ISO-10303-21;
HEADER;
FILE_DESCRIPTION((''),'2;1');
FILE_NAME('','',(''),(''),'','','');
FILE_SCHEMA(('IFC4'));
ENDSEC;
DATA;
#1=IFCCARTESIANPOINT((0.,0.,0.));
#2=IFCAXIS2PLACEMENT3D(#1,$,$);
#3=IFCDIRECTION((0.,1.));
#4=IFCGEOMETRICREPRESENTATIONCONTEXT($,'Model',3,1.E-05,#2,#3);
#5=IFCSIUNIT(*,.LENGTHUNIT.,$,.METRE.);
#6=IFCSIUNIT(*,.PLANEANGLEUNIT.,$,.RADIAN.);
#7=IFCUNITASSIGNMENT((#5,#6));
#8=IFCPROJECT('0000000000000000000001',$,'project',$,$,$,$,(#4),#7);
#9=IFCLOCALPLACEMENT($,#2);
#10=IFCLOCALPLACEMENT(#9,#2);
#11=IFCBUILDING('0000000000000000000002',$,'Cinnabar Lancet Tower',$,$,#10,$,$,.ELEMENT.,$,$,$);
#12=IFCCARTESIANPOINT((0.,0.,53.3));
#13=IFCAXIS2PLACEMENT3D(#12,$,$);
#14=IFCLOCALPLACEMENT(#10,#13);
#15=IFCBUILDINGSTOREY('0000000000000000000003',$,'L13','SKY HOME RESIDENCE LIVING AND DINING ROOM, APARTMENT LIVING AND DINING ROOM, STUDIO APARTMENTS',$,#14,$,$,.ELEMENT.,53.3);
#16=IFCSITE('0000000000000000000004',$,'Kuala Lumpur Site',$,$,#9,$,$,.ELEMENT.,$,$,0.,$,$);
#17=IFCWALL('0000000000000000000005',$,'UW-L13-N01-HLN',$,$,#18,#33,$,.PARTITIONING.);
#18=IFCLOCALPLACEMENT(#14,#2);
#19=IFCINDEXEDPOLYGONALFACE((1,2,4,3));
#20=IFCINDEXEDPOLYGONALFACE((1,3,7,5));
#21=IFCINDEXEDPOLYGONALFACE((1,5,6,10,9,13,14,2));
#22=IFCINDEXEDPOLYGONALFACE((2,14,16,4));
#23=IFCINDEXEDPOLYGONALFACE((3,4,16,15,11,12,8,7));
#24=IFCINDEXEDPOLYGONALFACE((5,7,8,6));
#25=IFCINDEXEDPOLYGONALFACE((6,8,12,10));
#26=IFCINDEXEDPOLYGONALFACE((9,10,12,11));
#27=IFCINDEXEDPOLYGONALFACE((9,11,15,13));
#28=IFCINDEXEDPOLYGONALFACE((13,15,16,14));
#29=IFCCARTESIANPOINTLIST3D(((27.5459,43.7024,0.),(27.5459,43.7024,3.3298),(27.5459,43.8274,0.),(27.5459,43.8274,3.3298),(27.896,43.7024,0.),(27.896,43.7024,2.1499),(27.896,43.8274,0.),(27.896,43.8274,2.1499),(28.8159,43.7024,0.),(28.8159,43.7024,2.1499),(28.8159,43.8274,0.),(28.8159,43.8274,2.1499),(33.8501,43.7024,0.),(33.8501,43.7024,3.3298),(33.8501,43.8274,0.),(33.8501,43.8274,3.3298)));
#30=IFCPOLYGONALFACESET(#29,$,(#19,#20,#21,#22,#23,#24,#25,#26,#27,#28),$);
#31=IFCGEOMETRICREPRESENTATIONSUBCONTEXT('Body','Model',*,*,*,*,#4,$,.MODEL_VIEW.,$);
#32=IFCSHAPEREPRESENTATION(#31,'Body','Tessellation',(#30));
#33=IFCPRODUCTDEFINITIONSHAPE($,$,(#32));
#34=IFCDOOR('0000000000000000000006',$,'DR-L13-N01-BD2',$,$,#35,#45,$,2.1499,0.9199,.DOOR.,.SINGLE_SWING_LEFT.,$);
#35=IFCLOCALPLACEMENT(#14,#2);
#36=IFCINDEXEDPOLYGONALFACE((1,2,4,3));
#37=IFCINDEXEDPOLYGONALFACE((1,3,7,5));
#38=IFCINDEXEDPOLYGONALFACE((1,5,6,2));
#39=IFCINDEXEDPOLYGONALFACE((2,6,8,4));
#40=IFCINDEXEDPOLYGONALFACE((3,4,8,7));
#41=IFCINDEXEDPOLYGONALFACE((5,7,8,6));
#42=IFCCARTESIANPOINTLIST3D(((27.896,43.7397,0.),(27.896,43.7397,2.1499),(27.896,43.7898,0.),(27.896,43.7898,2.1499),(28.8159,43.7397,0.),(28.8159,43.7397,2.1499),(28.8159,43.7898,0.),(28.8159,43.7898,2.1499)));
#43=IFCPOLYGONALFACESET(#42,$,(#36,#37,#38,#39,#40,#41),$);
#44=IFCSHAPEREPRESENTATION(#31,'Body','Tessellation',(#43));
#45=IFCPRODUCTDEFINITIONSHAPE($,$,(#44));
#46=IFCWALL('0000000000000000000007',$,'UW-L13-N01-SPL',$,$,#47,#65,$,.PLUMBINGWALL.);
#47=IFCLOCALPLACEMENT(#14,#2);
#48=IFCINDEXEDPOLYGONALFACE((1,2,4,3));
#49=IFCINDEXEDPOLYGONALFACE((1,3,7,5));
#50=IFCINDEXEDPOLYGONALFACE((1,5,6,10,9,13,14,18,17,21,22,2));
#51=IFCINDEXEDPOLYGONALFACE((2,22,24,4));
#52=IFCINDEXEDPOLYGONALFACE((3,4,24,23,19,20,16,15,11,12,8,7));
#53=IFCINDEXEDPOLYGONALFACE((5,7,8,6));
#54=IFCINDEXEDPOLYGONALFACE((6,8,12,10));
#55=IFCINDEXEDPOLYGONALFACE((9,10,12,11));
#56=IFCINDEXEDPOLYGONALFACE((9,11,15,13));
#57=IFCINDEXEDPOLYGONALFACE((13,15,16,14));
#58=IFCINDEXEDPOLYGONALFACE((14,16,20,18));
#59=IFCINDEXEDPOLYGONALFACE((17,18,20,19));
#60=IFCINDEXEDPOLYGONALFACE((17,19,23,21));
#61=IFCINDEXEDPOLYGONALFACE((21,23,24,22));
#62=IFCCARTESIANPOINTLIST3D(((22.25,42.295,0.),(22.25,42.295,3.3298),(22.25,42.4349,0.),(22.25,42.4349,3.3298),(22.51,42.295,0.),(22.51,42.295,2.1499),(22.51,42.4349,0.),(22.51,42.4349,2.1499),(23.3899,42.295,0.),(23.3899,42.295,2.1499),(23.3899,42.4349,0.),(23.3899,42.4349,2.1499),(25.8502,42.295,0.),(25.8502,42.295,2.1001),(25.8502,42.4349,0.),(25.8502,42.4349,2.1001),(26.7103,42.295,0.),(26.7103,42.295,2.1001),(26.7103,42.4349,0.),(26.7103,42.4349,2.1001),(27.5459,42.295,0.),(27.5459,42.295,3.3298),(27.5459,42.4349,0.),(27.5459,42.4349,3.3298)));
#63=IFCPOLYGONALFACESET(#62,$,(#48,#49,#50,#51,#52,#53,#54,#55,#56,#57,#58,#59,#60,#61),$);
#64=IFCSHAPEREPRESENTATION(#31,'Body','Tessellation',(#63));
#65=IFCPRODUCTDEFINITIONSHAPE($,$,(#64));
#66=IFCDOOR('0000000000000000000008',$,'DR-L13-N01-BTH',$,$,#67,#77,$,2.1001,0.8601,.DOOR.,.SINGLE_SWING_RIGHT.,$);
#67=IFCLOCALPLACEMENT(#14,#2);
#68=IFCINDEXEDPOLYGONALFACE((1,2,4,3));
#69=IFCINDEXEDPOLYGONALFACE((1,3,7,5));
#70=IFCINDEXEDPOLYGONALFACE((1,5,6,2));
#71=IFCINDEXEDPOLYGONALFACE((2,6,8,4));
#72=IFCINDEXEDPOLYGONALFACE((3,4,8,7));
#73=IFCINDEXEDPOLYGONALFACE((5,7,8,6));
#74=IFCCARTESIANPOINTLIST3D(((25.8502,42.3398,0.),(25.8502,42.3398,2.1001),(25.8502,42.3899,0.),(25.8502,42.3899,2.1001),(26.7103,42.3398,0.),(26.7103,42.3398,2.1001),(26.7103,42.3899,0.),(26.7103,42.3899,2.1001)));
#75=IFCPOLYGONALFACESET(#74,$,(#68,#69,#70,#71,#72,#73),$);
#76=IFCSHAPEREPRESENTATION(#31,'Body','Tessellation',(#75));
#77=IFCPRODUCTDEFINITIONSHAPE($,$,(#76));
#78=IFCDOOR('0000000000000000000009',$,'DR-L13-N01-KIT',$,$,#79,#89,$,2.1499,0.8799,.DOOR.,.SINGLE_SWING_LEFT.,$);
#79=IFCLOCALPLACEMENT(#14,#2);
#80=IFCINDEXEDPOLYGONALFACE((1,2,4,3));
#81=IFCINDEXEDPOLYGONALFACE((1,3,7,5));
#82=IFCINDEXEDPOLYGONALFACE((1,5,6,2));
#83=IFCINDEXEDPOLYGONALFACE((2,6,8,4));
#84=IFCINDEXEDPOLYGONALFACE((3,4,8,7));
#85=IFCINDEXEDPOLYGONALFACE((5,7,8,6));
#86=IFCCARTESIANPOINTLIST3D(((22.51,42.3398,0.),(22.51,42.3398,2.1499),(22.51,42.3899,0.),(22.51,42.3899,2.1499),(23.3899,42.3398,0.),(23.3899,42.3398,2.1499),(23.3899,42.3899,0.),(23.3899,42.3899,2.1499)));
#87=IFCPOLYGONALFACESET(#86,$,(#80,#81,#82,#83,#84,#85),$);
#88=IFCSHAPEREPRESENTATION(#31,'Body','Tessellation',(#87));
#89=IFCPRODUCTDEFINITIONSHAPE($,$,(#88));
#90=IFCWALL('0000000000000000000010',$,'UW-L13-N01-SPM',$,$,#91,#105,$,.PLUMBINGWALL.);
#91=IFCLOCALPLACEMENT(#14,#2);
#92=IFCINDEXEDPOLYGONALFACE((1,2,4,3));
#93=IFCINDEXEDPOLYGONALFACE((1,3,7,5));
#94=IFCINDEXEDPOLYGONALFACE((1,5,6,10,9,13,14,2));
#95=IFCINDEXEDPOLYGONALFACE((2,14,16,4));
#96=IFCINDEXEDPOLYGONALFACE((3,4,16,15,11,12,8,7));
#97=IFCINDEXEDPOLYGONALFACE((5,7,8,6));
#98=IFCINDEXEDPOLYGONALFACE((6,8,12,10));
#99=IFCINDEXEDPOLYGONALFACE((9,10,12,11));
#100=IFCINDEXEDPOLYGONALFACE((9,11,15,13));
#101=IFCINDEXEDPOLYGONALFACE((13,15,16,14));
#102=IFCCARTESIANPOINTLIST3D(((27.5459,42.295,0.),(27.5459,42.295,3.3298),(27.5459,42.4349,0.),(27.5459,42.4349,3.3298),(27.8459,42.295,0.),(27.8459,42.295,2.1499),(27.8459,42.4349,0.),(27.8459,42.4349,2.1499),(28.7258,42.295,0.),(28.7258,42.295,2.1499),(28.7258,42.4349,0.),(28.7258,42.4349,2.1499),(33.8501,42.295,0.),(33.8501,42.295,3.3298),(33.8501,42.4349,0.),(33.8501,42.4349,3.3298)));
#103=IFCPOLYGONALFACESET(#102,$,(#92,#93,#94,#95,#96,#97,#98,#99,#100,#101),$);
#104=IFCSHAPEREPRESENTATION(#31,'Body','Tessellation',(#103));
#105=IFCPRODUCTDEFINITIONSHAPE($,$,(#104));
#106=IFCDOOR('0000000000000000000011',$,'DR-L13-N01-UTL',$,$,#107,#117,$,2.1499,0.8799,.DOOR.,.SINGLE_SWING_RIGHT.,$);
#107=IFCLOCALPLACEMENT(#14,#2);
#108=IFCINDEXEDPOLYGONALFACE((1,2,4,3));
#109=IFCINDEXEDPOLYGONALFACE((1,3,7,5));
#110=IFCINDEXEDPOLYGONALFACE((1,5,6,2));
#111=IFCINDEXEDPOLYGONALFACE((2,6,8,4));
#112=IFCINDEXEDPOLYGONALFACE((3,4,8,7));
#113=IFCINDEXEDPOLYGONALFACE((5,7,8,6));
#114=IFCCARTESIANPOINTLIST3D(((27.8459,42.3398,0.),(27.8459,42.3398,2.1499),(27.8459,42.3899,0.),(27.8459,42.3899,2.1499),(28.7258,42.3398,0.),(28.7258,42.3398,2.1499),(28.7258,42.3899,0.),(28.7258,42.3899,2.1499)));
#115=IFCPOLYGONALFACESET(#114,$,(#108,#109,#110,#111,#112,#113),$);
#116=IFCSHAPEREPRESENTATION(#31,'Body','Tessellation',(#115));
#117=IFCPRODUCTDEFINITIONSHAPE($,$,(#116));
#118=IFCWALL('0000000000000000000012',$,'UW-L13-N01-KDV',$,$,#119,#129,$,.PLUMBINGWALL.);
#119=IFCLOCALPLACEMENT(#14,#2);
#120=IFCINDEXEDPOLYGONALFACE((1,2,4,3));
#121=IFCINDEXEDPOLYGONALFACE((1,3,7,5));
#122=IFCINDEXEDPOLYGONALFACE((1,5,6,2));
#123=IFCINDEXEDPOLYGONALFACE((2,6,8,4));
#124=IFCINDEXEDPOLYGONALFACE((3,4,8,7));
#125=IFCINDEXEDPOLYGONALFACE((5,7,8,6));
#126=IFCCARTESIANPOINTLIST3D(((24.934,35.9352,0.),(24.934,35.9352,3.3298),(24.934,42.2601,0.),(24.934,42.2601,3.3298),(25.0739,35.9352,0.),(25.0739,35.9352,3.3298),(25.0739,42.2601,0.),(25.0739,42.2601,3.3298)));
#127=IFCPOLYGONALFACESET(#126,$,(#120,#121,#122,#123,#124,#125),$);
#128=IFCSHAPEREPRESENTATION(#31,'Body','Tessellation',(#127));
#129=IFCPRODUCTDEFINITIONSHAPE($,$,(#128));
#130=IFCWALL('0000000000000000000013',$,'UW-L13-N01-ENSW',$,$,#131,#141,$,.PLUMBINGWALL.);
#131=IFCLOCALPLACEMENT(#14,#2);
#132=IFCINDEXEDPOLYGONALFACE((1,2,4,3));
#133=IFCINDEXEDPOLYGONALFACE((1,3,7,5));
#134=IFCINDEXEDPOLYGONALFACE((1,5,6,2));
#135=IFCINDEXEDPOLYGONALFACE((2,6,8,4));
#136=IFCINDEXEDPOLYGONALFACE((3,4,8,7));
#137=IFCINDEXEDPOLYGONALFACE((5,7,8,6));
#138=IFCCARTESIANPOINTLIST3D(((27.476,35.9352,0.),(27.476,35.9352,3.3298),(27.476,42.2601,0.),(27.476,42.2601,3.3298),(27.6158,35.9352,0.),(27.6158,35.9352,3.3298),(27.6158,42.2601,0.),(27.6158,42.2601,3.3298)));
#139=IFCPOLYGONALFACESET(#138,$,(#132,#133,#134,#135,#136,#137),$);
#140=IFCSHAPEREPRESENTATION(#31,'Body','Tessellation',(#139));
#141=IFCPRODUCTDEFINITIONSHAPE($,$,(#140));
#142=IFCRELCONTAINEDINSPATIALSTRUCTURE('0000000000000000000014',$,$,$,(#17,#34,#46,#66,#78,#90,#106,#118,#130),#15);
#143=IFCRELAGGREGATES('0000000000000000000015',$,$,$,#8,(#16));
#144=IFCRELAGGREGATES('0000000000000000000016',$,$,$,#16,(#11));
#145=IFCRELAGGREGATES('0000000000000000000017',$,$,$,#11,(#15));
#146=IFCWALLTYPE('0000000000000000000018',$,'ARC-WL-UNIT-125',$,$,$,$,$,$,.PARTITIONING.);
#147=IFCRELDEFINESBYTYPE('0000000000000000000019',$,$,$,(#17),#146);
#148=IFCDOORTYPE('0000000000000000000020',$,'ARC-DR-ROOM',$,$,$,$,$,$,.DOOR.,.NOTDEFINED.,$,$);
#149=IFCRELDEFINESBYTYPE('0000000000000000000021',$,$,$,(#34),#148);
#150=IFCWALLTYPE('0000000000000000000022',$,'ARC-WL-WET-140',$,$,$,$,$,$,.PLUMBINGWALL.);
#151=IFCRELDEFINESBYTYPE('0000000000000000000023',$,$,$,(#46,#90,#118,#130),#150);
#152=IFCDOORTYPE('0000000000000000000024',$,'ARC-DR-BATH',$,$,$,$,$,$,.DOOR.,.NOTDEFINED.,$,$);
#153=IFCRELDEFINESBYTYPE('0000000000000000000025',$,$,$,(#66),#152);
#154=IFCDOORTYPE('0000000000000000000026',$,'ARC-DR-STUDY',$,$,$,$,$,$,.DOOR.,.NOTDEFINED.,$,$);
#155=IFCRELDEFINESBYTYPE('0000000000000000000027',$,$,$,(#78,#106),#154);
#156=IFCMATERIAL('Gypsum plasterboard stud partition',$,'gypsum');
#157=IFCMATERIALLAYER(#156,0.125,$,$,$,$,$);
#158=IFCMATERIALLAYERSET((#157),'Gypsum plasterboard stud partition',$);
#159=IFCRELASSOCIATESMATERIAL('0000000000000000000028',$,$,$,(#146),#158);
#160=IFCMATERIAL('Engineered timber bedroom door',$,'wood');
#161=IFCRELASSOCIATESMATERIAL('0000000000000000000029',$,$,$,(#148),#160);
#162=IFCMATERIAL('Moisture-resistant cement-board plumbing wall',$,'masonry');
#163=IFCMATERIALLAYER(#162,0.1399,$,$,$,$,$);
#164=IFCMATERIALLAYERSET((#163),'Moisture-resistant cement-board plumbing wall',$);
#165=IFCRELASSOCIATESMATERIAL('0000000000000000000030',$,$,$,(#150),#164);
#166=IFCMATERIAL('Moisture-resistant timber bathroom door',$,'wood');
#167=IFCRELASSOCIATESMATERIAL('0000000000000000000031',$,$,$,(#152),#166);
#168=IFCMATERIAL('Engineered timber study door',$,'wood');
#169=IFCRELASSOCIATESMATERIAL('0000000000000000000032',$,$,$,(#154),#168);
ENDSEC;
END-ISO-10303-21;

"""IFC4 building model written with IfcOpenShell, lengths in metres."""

from ifc_helpers import new_model, si_unit, direction, frame, frame_2d, origin, place, context, subcontext, project, spatial, rectangle, extrude, material, layer, layer_set, type_object, element, fill, save


model = new_model("IFC4")

# Units and contexts
model_context = context("Model", 3, precision=1e-05, world=origin(), true_north=direction((0.0, 1.0)))
body_context = subcontext(model_context, "Body", "Model", "MODEL_VIEW")
ifc_project = project(units=[si_unit("LENGTHUNIT", "METRE"), si_unit("PLANEANGLEUNIT", "RADIAN")], contexts=[model_context])

# Site, building, storey
site_placement = place(None, origin())
site = spatial("IfcSite", under=ifc_project, at=site_placement, Name="Kuala Lumpur Site", CompositionType="ELEMENT", RefElevation=0.0)
building_placement = place(site_placement, origin())
building = spatial("IfcBuilding", under=site, at=building_placement, Name="Cinnabar Lancet Tower", CompositionType="ELEMENT")
storey_placement = place(building_placement, frame((0.0, 0.0, 53.3)))
storey = spatial("IfcBuildingStorey", under=building, at=storey_placement, Name="L13", Description="SKY HOME RESIDENCE LIVING AND DINING ROOM, APARTMENT LIVING AND DINING ROOM, STUDIO APARTMENTS", CompositionType="ELEMENT", Elevation=53.3)

# Shared definitions
ifc_material_1 = material(Name="Gypsum plasterboard stud partition", Category="gypsum")
ifc_layer_1 = layer(ifc_material_1, 0.125)
ifc_layer_set_1 = layer_set([ifc_layer_1], Name="Gypsum plasterboard stud partition")
wall_type_1 = type_object("IfcWallType", Name="ARC-WL-UNIT-125", PredefinedType="PARTITIONING", material=ifc_layer_set_1)

# Wall, opening, door
wall_1_placement = place(storey_placement, frame((27.5459, 43.7649, 0.0), z_axis=(0.0, 0.0, 1.0), x_axis=(1.0, 0.0, 0.0)))
wall_1 = element("IfcWall", 1, at=wall_1_placement, inside=storey, type_object=wall_type_1, Name="UW-L13-N01-HLN", PredefinedType="PARTITIONING", context=body_context, shape_type="SweptSolid", body=[
    extrude(rectangle(XDim=6.3042, YDim=0.125, at=frame_2d((3.1521, 0.0))), origin(), (0.0, 0.0, 1.0), 3.3298),
])
opening_1_placement = place(wall_1_placement, frame((0.3501, 0.0, 0.0)))
opening_1 = element("IfcOpeningElement", 2, at=opening_1_placement, cuts=wall_1, PredefinedType="OPENING", context=body_context, shape_type="SweptSolid", body=[
    extrude(rectangle(XDim=0.9199, YDim=2.1499, at=frame_2d((0.46, 1.075))), frame((0.0, 0.0725, 0.0), z_axis=(0.0, -1.0, 0.0), x_axis=(1.0, 0.0, 0.0)), (0.0, 0.0, 1.0), 0.145),
])
ifc_material_2 = material(Name="Engineered timber bedroom door", Category="wood")
door_type_1 = type_object("IfcDoorType", Name="ARC-DR-ROOM", OperationType="NOTDEFINED", PredefinedType="DOOR", material=ifc_material_2)
door_1_placement = place(opening_1_placement, origin())
door_1 = element("IfcDoor", 3, at=door_1_placement, inside=storey, type_object=door_type_1, Name="DR-L13-N01-BD2", OperationType="SINGLE_SWING_LEFT", OverallHeight=2.1499, OverallWidth=0.9199, PredefinedType="DOOR", context=body_context, shape_type="SweptSolid", body=[
    extrude(rectangle(XDim=0.9199, YDim=2.1499, at=frame_2d((0.46, 1.075))), frame((0.0, 0.0249, 0.0), z_axis=(0.0, -1.0, 0.0), x_axis=(1.0, 0.0, 0.0)), (0.0, 0.0, 1.0), 0.05),
])
fill(opening_1, door_1)

# Wall, openings, doors
ifc_material_3 = material(Name="Moisture-resistant cement-board plumbing wall", Category="masonry")
ifc_layer_2 = layer(ifc_material_3, 0.1399)
ifc_layer_set_2 = layer_set([ifc_layer_2], Name="Moisture-resistant cement-board plumbing wall")
wall_type_2 = type_object("IfcWallType", Name="ARC-WL-WET-140", PredefinedType="PLUMBINGWALL", material=ifc_layer_set_2)
wall_2_placement = place(storey_placement, frame((22.25, 42.365, 0.0), z_axis=(0.0, 0.0, 1.0), x_axis=(1.0, 0.0, 0.0)))
wall_2 = element("IfcWall", 4, at=wall_2_placement, inside=storey, type_object=wall_type_2, Name="UW-L13-N01-SPL", PredefinedType="PLUMBINGWALL", context=body_context, shape_type="SweptSolid", body=[
    extrude(rectangle(XDim=5.2959, YDim=0.1399, at=frame_2d((2.6479, 0.0))), origin(), (0.0, 0.0, 1.0), 3.3298),
])
opening_2_placement = place(wall_2_placement, frame((3.6001, 0.0, 0.0)))
opening_2 = element("IfcOpeningElement", 5, at=opening_2_placement, cuts=wall_2, PredefinedType="OPENING", context=body_context, shape_type="SweptSolid", body=[
    extrude(rectangle(XDim=0.8601, YDim=2.1001, at=frame_2d((0.4302, 1.05))), frame((0.0, 0.0798, 0.0), z_axis=(0.0, -1.0, 0.0), x_axis=(1.0, 0.0, 0.0)), (0.0, 0.0, 1.0), 0.1599),
])
opening_3_placement = place(wall_2_placement, frame((0.26, 0.0, 0.0)))
opening_3 = element("IfcOpeningElement", 6, at=opening_3_placement, cuts=wall_2, PredefinedType="OPENING", context=body_context, shape_type="SweptSolid", body=[
    extrude(rectangle(XDim=0.8799, YDim=2.1499, at=frame_2d((0.4399, 1.075))), frame((0.0, 0.0798, 0.0), z_axis=(0.0, -1.0, 0.0), x_axis=(1.0, 0.0, 0.0)), (0.0, 0.0, 1.0), 0.1599),
])
ifc_material_4 = material(Name="Moisture-resistant timber bathroom door", Category="wood")
door_type_2 = type_object("IfcDoorType", Name="ARC-DR-BATH", OperationType="NOTDEFINED", PredefinedType="DOOR", material=ifc_material_4)
door_2_placement = place(opening_2_placement, origin())
door_2 = element("IfcDoor", 7, at=door_2_placement, inside=storey, type_object=door_type_2, Name="DR-L13-N01-BTH", OperationType="SINGLE_SWING_RIGHT", OverallHeight=2.1001, OverallWidth=0.8601, PredefinedType="DOOR", context=body_context, shape_type="SweptSolid", body=[
    extrude(rectangle(XDim=0.8601, YDim=2.1001, at=frame_2d((0.4302, 1.05))), frame((0.0, 0.0249, 0.0), z_axis=(0.0, -1.0, 0.0), x_axis=(1.0, 0.0, 0.0)), (0.0, 0.0, 1.0), 0.05),
])
fill(opening_2, door_2)
ifc_material_5 = material(Name="Engineered timber study door", Category="wood")
door_type_3 = type_object("IfcDoorType", Name="ARC-DR-STUDY", OperationType="NOTDEFINED", PredefinedType="DOOR", material=ifc_material_5)
door_3_placement = place(opening_3_placement, origin())
door_3 = element("IfcDoor", 8, at=door_3_placement, inside=storey, type_object=door_type_3, Name="DR-L13-N01-KIT", OperationType="SINGLE_SWING_LEFT", OverallHeight=2.1499, OverallWidth=0.8799, PredefinedType="DOOR", context=body_context, shape_type="SweptSolid", body=[
    extrude(rectangle(XDim=0.8799, YDim=2.1499, at=frame_2d((0.4399, 1.075))), frame((0.0, 0.0249, 0.0), z_axis=(0.0, -1.0, 0.0), x_axis=(1.0, 0.0, 0.0)), (0.0, 0.0, 1.0), 0.05),
])
fill(opening_3, door_3)

# Wall, opening, door
wall_3_placement = place(storey_placement, frame((27.5459, 42.365, 0.0), z_axis=(0.0, 0.0, 1.0), x_axis=(1.0, 0.0, 0.0)))
wall_3 = element("IfcWall", 9, at=wall_3_placement, inside=storey, type_object=wall_type_2, Name="UW-L13-N01-SPM", PredefinedType="PLUMBINGWALL", context=body_context, shape_type="SweptSolid", body=[
    extrude(rectangle(XDim=6.3042, YDim=0.1399, at=frame_2d((3.1521, 0.0))), origin(), (0.0, 0.0, 1.0), 3.3298),
])
opening_4_placement = place(wall_3_placement, frame((0.3, 0.0, 0.0)))
opening_4 = element("IfcOpeningElement", 10, at=opening_4_placement, cuts=wall_3, PredefinedType="OPENING", context=body_context, shape_type="SweptSolid", body=[
    extrude(rectangle(XDim=0.8799, YDim=2.1499, at=frame_2d((0.4399, 1.075))), frame((0.0, 0.0798, 0.0), z_axis=(0.0, -1.0, 0.0), x_axis=(1.0, 0.0, 0.0)), (0.0, 0.0, 1.0), 0.1599),
])
door_4_placement = place(opening_4_placement, origin())
door_4 = element("IfcDoor", 11, at=door_4_placement, inside=storey, type_object=door_type_3, Name="DR-L13-N01-UTL", OperationType="SINGLE_SWING_RIGHT", OverallHeight=2.1499, OverallWidth=0.8799, PredefinedType="DOOR", context=body_context, shape_type="SweptSolid", body=[
    extrude(rectangle(XDim=0.8799, YDim=2.1499, at=frame_2d((0.4399, 1.075))), frame((0.0, 0.0249, 0.0), z_axis=(0.0, -1.0, 0.0), x_axis=(1.0, 0.0, 0.0)), (0.0, 0.0, 1.0), 0.05),
])
fill(opening_4, door_4)

# Walls
for number, where, z_axis, x_axis, name in (
    (12, (25.0039, 35.9351, 0.0), (0.0, 0.0, 1.0), (0.0, 1.0, 0.0), "UW-L13-N01-KDV"),
    (13, (27.5459, 35.9351, 0.0), (0.0, 0.0, 1.0), (0.0, 1.0, 0.0), "UW-L13-N01-ENSW"),
):
    element("IfcWall", number, at=place(storey_placement, frame(where, z_axis=z_axis, x_axis=x_axis)), inside=storey, type_object=wall_type_2, Name=name, PredefinedType="PLUMBINGWALL", context=body_context, shape_type="SweptSolid", body=[
        extrude(rectangle(XDim=6.325, YDim=0.1399, at=frame_2d((3.1626, 0.0))), origin(), (0.0, 0.0, 1.0), 3.3298),
    ])

save(model, "model.ifc")
